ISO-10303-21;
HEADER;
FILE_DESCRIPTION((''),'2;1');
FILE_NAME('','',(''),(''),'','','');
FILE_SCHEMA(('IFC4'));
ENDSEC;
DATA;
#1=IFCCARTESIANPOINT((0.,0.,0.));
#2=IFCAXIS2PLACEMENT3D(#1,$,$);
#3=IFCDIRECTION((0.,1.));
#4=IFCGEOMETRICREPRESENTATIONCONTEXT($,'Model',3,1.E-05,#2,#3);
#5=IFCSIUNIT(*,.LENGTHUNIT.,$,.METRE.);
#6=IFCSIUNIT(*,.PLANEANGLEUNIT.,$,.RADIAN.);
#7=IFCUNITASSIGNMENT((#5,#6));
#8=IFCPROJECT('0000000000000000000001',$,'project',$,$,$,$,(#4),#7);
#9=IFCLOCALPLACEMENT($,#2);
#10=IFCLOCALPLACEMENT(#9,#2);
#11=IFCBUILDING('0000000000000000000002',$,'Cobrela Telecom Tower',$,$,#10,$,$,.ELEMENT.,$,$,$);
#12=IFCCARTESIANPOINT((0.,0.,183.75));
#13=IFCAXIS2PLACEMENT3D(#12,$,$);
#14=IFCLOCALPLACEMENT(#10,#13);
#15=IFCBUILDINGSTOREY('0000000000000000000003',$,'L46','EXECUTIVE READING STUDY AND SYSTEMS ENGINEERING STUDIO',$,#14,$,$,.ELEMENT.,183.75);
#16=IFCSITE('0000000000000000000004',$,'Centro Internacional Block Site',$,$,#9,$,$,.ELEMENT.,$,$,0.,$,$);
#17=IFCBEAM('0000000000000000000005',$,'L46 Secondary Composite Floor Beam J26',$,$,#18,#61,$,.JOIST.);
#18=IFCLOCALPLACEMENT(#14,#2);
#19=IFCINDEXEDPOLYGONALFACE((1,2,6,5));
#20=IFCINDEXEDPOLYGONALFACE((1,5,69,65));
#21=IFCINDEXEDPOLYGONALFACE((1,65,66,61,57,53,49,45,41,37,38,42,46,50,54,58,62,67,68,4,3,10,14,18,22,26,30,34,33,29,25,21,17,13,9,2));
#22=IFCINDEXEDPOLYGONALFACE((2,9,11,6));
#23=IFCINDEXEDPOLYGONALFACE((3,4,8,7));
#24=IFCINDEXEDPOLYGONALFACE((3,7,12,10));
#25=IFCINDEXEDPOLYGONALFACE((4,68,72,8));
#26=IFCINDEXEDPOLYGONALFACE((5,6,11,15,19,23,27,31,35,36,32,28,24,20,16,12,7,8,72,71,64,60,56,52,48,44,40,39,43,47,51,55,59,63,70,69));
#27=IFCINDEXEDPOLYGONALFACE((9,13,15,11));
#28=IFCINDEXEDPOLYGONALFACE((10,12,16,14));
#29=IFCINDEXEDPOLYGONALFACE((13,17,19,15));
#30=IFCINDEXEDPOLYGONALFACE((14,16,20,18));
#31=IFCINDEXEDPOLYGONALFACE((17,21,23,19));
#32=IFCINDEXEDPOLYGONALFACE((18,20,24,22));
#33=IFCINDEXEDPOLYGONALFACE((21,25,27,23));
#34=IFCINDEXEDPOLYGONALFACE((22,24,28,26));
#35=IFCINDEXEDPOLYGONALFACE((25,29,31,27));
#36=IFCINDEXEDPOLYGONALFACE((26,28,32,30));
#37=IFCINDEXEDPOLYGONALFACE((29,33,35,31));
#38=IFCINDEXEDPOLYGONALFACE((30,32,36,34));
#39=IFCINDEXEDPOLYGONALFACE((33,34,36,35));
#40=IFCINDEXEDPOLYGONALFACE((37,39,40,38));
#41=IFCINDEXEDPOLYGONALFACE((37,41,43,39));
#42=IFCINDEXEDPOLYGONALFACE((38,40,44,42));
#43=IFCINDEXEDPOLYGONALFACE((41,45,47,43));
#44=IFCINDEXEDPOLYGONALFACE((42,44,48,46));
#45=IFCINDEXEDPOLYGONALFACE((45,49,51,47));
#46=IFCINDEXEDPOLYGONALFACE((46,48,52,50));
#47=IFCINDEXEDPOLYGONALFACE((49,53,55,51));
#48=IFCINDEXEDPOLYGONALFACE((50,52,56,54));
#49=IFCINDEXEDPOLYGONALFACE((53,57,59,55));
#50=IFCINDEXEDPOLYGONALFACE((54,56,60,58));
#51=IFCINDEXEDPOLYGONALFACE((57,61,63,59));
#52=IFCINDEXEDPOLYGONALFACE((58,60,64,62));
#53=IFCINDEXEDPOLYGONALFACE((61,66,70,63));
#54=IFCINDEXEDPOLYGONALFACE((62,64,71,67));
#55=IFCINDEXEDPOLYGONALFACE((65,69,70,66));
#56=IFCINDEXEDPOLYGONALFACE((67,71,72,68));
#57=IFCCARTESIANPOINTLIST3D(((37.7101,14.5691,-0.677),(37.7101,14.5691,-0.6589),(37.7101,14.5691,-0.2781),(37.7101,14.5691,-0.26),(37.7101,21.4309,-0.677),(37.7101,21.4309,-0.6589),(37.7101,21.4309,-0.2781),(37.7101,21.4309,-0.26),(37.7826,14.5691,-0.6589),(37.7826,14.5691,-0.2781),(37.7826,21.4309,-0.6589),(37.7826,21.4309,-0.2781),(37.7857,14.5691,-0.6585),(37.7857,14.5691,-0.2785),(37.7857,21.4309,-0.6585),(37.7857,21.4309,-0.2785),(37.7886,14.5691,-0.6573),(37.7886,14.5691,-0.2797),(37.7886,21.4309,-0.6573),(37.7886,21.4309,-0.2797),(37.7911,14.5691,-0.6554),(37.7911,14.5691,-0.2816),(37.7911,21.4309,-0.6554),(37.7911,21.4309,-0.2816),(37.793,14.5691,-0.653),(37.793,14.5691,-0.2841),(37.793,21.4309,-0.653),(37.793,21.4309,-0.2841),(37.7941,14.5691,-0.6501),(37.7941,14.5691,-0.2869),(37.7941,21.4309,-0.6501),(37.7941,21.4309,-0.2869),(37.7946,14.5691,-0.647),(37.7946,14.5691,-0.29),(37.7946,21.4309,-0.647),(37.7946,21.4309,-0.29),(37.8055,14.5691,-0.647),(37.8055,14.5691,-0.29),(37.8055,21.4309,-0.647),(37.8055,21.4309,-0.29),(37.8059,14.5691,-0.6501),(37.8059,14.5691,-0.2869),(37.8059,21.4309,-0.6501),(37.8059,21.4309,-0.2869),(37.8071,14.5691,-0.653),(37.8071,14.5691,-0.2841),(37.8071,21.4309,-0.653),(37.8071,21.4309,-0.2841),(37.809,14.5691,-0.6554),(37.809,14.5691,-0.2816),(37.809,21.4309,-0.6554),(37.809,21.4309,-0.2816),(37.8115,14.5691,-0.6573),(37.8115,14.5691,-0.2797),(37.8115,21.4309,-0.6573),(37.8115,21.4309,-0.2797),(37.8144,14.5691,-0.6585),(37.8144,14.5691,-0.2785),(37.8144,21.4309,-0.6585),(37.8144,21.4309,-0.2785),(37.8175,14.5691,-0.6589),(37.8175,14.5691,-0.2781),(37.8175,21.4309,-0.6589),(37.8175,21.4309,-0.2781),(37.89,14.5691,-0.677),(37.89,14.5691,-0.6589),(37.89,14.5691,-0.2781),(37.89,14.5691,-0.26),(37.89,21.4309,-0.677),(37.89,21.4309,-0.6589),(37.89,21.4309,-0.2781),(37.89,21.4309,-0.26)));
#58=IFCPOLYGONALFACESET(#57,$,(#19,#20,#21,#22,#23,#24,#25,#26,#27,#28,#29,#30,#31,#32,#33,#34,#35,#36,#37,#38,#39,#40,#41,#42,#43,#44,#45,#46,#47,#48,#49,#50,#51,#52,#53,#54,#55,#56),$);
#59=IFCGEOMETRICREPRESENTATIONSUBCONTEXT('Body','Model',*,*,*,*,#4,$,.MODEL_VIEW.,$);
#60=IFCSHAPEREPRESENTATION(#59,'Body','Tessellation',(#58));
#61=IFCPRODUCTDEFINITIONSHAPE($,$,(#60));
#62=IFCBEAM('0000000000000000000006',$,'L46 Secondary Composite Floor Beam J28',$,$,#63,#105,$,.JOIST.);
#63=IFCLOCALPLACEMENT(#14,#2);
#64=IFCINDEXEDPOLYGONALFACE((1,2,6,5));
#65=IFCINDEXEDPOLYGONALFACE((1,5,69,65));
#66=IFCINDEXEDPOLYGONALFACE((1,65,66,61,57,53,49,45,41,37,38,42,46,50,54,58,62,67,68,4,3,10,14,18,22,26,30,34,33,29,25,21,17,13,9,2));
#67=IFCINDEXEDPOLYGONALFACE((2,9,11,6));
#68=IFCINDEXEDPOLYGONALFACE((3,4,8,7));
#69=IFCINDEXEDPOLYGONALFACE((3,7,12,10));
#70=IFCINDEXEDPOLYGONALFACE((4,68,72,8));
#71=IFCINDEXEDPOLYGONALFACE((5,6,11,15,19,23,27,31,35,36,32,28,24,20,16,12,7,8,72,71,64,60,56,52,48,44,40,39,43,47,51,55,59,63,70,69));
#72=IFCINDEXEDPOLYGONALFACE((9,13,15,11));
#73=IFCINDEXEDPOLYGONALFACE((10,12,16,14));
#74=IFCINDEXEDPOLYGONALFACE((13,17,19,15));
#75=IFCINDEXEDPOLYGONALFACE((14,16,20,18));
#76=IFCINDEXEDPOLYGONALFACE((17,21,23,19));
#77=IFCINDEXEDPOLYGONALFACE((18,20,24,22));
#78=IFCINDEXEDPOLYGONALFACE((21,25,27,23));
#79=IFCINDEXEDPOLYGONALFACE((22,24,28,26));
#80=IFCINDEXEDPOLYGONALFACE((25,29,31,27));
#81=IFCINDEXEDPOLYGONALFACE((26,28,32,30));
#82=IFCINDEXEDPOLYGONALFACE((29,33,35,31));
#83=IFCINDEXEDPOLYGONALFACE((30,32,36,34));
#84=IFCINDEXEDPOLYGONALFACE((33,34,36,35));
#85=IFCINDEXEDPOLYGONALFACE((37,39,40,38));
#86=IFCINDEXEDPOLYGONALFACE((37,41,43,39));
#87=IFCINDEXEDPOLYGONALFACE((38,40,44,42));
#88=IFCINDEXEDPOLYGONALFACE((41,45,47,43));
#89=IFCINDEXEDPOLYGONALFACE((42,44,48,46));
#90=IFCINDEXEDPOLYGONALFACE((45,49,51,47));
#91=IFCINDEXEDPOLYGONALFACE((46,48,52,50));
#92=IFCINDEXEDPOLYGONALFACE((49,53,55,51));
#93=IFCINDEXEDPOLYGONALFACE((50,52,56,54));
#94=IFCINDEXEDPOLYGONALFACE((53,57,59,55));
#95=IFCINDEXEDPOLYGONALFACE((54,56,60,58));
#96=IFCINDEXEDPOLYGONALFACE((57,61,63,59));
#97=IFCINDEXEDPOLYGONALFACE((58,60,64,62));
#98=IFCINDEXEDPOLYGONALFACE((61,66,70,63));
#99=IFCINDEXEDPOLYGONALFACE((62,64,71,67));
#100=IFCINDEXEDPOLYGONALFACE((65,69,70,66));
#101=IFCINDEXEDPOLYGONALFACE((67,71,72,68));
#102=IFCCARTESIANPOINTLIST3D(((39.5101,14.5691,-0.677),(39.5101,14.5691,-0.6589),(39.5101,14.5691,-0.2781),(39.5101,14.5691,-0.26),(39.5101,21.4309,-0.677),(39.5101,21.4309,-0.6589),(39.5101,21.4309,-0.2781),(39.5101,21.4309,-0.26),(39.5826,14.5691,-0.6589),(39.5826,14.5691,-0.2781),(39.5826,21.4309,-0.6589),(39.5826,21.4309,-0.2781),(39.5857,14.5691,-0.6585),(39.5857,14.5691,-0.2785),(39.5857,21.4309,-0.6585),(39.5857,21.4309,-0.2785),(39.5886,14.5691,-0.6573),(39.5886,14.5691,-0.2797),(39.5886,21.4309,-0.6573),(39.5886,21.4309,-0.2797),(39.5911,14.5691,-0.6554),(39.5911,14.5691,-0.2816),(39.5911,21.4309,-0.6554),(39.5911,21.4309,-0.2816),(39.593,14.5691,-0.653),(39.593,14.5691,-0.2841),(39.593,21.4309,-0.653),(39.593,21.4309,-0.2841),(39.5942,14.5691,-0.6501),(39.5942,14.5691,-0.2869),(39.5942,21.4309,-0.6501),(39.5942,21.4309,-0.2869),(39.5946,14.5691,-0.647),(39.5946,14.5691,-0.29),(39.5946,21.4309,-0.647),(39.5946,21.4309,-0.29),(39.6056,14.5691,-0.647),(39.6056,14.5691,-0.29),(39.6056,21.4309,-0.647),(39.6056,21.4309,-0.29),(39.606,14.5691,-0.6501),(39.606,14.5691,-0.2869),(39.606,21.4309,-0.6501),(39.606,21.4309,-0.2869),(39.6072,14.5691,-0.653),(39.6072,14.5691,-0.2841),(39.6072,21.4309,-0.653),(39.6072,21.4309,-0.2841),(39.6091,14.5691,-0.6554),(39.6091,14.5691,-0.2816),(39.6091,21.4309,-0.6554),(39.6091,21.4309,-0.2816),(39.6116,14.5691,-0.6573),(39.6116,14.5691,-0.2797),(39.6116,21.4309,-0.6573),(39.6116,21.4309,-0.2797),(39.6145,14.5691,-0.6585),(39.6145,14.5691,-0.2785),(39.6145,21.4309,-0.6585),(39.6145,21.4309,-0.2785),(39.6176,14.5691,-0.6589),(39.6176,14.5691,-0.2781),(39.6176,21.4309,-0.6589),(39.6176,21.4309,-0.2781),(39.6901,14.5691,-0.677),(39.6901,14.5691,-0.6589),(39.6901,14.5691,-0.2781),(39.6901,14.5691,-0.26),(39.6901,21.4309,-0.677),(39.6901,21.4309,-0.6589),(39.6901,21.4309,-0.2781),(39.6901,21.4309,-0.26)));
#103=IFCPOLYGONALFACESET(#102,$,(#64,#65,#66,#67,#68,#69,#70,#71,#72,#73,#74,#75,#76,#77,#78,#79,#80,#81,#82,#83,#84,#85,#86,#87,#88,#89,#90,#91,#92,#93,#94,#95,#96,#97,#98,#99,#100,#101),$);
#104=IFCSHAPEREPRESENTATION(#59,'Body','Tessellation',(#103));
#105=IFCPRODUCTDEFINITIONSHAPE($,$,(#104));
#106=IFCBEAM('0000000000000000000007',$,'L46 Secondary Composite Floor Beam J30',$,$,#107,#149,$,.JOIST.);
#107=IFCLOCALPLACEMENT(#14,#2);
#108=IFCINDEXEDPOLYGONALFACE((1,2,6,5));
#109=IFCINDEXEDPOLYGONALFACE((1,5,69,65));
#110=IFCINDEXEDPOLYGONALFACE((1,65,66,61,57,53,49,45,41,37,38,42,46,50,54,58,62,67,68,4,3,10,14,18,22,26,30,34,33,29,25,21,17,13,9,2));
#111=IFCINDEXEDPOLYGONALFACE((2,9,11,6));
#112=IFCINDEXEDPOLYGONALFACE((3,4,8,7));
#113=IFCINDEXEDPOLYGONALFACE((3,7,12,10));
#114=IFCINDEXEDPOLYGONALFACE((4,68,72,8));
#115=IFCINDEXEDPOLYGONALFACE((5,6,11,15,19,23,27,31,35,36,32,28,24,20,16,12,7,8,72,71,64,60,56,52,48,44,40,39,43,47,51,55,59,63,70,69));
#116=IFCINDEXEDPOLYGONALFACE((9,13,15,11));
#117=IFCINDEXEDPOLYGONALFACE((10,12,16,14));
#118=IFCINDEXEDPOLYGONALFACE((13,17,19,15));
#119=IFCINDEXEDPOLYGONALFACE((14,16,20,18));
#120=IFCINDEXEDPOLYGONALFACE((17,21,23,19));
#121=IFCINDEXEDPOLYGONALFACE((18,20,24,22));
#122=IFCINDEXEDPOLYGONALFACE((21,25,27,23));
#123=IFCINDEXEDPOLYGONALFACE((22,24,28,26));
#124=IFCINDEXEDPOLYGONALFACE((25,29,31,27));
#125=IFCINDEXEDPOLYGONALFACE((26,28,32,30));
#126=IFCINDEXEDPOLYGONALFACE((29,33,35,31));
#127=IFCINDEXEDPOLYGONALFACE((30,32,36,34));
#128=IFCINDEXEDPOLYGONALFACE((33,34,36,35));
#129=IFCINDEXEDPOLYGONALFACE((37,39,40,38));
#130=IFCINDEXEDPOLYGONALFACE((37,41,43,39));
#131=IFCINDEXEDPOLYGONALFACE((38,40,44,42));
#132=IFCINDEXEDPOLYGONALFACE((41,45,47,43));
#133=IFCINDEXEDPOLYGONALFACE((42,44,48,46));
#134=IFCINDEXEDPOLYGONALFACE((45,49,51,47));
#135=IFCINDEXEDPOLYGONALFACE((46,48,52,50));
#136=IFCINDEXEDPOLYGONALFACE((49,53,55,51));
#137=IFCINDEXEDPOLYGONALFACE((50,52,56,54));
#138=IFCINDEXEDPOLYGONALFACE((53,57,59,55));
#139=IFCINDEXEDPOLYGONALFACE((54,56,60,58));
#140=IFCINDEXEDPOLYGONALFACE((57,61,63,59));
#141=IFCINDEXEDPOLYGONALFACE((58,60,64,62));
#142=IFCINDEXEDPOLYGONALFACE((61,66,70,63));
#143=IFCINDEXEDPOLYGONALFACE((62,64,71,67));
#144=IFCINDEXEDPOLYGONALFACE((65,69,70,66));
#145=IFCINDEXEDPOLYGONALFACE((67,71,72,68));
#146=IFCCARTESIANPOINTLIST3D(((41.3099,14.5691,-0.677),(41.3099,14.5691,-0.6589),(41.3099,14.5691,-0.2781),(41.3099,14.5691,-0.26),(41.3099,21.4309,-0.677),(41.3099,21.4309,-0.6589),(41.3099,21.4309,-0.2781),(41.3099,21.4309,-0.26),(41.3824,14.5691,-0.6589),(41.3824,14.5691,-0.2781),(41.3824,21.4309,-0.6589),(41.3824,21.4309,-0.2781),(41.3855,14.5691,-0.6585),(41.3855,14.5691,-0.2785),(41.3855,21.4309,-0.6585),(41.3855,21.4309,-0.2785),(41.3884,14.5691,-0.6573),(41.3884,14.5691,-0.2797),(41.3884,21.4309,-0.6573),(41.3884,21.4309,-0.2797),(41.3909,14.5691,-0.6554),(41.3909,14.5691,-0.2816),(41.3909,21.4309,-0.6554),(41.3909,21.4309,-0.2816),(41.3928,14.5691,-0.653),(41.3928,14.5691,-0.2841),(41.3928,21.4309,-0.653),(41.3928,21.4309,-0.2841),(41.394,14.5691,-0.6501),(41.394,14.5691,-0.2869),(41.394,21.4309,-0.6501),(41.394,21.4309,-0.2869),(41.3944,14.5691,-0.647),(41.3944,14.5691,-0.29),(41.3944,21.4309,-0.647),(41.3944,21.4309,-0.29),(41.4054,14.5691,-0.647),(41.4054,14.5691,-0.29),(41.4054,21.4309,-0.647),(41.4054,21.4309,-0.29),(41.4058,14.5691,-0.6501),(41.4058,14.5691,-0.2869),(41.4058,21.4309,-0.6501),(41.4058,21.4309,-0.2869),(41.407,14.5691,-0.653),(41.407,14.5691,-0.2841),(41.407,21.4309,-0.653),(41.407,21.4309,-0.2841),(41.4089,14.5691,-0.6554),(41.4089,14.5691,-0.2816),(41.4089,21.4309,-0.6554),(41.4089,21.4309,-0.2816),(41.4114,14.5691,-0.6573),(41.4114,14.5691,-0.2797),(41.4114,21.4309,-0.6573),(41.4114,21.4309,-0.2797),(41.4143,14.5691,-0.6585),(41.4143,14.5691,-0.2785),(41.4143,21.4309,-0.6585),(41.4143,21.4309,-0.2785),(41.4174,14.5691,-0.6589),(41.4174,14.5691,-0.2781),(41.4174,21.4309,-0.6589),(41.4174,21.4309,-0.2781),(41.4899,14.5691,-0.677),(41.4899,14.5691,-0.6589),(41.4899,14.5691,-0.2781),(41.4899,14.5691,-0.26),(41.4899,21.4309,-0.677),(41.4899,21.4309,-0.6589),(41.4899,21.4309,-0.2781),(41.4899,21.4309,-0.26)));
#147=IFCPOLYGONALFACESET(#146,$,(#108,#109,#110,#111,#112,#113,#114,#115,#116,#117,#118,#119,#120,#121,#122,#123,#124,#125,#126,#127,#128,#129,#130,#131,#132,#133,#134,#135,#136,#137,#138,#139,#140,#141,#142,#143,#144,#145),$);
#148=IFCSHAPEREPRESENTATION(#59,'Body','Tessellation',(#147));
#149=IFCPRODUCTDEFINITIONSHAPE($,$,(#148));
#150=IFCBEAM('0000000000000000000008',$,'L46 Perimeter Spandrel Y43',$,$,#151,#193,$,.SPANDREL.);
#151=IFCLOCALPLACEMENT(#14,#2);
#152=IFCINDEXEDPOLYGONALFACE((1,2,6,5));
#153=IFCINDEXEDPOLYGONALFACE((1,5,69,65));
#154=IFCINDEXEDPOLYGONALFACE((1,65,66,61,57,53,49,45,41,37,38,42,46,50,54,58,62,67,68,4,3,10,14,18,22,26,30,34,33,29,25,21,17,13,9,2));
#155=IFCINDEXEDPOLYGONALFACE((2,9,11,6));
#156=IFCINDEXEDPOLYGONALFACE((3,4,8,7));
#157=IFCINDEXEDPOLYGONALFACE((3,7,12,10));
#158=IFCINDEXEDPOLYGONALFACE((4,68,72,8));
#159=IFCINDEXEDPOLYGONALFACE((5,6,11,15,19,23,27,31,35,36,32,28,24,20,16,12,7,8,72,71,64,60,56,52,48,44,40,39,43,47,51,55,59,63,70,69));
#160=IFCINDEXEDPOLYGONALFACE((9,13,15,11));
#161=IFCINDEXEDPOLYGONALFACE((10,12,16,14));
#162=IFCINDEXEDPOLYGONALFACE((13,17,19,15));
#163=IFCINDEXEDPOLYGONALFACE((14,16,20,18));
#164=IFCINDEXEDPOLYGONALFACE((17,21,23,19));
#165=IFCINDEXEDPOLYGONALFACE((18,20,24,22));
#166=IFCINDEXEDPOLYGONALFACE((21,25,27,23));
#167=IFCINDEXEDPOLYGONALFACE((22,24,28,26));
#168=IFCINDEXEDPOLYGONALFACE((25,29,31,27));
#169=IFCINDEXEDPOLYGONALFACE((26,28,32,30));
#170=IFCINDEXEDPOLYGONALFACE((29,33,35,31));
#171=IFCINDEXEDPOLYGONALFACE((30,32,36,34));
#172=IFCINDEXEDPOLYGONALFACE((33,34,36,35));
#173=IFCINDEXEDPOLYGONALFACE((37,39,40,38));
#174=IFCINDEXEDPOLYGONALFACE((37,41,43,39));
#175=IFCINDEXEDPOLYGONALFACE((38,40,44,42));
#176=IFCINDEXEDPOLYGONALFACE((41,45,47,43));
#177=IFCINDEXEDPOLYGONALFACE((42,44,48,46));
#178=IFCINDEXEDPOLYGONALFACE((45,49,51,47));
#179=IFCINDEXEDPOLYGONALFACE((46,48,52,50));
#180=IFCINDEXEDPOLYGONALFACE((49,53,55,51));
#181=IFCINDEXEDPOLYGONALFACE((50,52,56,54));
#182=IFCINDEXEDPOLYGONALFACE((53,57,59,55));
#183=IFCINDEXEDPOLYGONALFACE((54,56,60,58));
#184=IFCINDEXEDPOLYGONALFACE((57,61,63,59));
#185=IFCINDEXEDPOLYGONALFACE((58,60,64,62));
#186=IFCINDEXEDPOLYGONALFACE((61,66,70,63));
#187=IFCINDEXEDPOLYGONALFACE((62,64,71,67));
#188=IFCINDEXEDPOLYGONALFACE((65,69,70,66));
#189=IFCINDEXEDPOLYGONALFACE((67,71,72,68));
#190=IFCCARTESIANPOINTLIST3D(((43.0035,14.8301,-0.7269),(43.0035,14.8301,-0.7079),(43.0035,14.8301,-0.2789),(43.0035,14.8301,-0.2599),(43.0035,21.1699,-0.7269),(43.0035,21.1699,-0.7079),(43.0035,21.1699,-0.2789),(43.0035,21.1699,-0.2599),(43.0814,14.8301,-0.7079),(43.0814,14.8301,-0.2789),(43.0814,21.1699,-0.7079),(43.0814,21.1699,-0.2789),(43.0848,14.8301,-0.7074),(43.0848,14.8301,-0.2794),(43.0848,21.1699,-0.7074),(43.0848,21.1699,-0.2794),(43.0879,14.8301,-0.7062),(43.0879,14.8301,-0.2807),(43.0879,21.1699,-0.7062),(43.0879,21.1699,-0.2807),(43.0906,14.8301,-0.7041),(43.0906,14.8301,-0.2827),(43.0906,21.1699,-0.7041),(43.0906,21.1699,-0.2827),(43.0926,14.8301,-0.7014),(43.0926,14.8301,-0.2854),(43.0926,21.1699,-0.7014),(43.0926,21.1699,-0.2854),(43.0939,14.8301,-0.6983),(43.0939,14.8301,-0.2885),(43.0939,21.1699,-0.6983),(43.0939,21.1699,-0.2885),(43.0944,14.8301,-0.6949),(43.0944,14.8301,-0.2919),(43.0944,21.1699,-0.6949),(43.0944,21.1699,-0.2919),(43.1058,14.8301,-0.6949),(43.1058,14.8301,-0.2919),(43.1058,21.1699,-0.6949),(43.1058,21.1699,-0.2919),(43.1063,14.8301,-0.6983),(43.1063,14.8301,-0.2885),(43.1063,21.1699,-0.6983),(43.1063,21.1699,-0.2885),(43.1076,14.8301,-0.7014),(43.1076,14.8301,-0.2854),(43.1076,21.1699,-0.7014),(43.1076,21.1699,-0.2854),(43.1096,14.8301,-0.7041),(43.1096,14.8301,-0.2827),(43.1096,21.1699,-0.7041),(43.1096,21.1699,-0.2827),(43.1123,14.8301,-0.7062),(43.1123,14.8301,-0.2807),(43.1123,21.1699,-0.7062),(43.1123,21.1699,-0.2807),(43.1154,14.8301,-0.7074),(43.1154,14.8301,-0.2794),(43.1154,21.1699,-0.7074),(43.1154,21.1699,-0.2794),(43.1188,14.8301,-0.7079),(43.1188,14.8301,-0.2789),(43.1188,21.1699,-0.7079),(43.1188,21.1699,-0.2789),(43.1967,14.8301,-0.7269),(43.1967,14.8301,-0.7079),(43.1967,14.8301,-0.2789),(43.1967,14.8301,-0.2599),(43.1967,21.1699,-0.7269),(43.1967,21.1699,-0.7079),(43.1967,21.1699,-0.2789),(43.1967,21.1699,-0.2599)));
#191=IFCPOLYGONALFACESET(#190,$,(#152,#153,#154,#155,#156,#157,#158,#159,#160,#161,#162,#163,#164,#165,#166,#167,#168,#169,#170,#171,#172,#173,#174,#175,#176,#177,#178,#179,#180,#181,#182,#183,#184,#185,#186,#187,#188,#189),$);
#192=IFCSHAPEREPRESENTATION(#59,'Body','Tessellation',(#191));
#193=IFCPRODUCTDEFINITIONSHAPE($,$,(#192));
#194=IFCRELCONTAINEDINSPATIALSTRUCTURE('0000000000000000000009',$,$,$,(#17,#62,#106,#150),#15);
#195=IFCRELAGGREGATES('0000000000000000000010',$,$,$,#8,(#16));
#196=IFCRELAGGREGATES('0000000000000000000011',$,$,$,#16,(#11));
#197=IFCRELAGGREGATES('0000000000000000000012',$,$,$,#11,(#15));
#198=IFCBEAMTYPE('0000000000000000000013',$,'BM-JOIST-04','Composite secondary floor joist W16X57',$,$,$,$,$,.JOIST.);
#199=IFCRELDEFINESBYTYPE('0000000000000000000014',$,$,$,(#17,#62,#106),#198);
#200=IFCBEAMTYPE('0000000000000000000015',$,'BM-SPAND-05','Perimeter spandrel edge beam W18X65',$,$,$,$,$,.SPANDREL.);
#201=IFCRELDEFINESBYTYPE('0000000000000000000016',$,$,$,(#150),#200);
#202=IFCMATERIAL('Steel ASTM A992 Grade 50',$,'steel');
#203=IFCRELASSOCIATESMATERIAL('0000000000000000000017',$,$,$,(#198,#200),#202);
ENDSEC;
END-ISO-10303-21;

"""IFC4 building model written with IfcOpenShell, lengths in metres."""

from ifc_helpers import new_model, si_unit, direction, frame, origin, origin_2d, place, context, subcontext, project, spatial, i_section, extrude, material, material_profile, profile_set, type_object, element, save


model = new_model("IFC4")

# Units and contexts
model_context = context("Model", 3, precision=1e-05, world=origin(), true_north=direction((0.0, 1.0)))
body_context = subcontext(model_context, "Body", "Model", "MODEL_VIEW")
ifc_project = project(units=[si_unit("LENGTHUNIT", "METRE"), si_unit("PLANEANGLEUNIT", "RADIAN")], contexts=[model_context])

# Site, building, storey
site_placement = place(None, origin())
site = spatial("IfcSite", under=ifc_project, at=site_placement, Name="Centro Internacional Block Site", CompositionType="ELEMENT", RefElevation=0.0)
building_placement = place(site_placement, origin())
building = spatial("IfcBuilding", under=site, at=building_placement, Name="Cobrela Telecom Tower", CompositionType="ELEMENT")
storey_placement = place(building_placement, frame((0.0, 0.0, 183.75)))
storey = spatial("IfcBuildingStorey", under=building, at=storey_placement, Name="L46", Description="EXECUTIVE READING STUDY AND SYSTEMS ENGINEERING STUDIO", CompositionType="ELEMENT", Elevation=183.75)

# Shared definitions
ifc_material_1 = material(Name="Steel ASTM A992 Grade 50", Category="steel")

# Beams
ifc_material_profile_1 = material_profile(ifc_material_1, i_section(OverallWidth=0.1799, OverallDepth=0.417, WebThickness=0.011, FlangeThickness=0.0181, FilletRadius=0.012, at=origin_2d()), Name="W16X57")
ifc_profile_set_1 = profile_set([ifc_material_profile_1], Name="Steel ASTM A992 Grade 50")
beam_type_1 = type_object("IfcBeamType", Name="BM-JOIST-04", Description="Composite secondary floor joist W16X57", PredefinedType="JOIST", material=ifc_profile_set_1)
for number, where, z_axis, x_axis, name in (
    (1, (37.8, 14.5691, -0.4685), (0.0, 1.0, 0.0), (-1.0, 0.0, 0.0), "L46 Secondary Composite Floor Beam J26"),
    (2, (39.6001, 14.5691, -0.4685), (0.0, 1.0, 0.0), (-1.0, 0.0, 0.0), "L46 Secondary Composite Floor Beam J28"),
    (3, (41.3999, 14.5691, -0.4685), (0.0, 1.0, 0.0), (-1.0, 0.0, 0.0), "L46 Secondary Composite Floor Beam J30"),
):
    element("IfcBeam", number, at=place(storey_placement, frame(where, z_axis=z_axis, x_axis=x_axis)), inside=storey, type_object=beam_type_1, Name=name, PredefinedType="JOIST", context=body_context, shape_type="SweptSolid", body=[
        extrude(i_section(OverallWidth=0.1799, OverallDepth=0.417, WebThickness=0.011, FlangeThickness=0.0181, FilletRadius=0.012, at=origin_2d()), origin(), (0.0, 0.0, 1.0), 6.8618),
    ])
ifc_material_profile_2 = material_profile(ifc_material_1, i_section(OverallWidth=0.1931, OverallDepth=0.467, WebThickness=0.0115, FlangeThickness=0.019, FilletRadius=0.0129, at=origin_2d()), Name="W18X65")
ifc_profile_set_2 = profile_set([ifc_material_profile_2], Name="Steel ASTM A992 Grade 50")
beam_type_2 = type_object("IfcBeamType", Name="BM-SPAND-05", Description="Perimeter spandrel edge beam W18X65", PredefinedType="SPANDREL", material=ifc_profile_set_2)
beam_1_placement = place(storey_placement, frame((43.1001, 14.8301, -0.4934), z_axis=(0.0, 1.0, 0.0), x_axis=(-1.0, 0.0, 0.0)))
element("IfcBeam", 4, at=beam_1_placement, inside=storey, type_object=beam_type_2, Name="L46 Perimeter Spandrel Y43", PredefinedType="SPANDREL", context=body_context, shape_type="SweptSolid", body=[
    extrude(i_section(OverallWidth=0.1931, OverallDepth=0.467, WebThickness=0.0115, FlangeThickness=0.019, FilletRadius=0.0129, at=origin_2d()), origin(), (0.0, 0.0, 1.0), 6.3398),
])

save(model, "model.ifc")
